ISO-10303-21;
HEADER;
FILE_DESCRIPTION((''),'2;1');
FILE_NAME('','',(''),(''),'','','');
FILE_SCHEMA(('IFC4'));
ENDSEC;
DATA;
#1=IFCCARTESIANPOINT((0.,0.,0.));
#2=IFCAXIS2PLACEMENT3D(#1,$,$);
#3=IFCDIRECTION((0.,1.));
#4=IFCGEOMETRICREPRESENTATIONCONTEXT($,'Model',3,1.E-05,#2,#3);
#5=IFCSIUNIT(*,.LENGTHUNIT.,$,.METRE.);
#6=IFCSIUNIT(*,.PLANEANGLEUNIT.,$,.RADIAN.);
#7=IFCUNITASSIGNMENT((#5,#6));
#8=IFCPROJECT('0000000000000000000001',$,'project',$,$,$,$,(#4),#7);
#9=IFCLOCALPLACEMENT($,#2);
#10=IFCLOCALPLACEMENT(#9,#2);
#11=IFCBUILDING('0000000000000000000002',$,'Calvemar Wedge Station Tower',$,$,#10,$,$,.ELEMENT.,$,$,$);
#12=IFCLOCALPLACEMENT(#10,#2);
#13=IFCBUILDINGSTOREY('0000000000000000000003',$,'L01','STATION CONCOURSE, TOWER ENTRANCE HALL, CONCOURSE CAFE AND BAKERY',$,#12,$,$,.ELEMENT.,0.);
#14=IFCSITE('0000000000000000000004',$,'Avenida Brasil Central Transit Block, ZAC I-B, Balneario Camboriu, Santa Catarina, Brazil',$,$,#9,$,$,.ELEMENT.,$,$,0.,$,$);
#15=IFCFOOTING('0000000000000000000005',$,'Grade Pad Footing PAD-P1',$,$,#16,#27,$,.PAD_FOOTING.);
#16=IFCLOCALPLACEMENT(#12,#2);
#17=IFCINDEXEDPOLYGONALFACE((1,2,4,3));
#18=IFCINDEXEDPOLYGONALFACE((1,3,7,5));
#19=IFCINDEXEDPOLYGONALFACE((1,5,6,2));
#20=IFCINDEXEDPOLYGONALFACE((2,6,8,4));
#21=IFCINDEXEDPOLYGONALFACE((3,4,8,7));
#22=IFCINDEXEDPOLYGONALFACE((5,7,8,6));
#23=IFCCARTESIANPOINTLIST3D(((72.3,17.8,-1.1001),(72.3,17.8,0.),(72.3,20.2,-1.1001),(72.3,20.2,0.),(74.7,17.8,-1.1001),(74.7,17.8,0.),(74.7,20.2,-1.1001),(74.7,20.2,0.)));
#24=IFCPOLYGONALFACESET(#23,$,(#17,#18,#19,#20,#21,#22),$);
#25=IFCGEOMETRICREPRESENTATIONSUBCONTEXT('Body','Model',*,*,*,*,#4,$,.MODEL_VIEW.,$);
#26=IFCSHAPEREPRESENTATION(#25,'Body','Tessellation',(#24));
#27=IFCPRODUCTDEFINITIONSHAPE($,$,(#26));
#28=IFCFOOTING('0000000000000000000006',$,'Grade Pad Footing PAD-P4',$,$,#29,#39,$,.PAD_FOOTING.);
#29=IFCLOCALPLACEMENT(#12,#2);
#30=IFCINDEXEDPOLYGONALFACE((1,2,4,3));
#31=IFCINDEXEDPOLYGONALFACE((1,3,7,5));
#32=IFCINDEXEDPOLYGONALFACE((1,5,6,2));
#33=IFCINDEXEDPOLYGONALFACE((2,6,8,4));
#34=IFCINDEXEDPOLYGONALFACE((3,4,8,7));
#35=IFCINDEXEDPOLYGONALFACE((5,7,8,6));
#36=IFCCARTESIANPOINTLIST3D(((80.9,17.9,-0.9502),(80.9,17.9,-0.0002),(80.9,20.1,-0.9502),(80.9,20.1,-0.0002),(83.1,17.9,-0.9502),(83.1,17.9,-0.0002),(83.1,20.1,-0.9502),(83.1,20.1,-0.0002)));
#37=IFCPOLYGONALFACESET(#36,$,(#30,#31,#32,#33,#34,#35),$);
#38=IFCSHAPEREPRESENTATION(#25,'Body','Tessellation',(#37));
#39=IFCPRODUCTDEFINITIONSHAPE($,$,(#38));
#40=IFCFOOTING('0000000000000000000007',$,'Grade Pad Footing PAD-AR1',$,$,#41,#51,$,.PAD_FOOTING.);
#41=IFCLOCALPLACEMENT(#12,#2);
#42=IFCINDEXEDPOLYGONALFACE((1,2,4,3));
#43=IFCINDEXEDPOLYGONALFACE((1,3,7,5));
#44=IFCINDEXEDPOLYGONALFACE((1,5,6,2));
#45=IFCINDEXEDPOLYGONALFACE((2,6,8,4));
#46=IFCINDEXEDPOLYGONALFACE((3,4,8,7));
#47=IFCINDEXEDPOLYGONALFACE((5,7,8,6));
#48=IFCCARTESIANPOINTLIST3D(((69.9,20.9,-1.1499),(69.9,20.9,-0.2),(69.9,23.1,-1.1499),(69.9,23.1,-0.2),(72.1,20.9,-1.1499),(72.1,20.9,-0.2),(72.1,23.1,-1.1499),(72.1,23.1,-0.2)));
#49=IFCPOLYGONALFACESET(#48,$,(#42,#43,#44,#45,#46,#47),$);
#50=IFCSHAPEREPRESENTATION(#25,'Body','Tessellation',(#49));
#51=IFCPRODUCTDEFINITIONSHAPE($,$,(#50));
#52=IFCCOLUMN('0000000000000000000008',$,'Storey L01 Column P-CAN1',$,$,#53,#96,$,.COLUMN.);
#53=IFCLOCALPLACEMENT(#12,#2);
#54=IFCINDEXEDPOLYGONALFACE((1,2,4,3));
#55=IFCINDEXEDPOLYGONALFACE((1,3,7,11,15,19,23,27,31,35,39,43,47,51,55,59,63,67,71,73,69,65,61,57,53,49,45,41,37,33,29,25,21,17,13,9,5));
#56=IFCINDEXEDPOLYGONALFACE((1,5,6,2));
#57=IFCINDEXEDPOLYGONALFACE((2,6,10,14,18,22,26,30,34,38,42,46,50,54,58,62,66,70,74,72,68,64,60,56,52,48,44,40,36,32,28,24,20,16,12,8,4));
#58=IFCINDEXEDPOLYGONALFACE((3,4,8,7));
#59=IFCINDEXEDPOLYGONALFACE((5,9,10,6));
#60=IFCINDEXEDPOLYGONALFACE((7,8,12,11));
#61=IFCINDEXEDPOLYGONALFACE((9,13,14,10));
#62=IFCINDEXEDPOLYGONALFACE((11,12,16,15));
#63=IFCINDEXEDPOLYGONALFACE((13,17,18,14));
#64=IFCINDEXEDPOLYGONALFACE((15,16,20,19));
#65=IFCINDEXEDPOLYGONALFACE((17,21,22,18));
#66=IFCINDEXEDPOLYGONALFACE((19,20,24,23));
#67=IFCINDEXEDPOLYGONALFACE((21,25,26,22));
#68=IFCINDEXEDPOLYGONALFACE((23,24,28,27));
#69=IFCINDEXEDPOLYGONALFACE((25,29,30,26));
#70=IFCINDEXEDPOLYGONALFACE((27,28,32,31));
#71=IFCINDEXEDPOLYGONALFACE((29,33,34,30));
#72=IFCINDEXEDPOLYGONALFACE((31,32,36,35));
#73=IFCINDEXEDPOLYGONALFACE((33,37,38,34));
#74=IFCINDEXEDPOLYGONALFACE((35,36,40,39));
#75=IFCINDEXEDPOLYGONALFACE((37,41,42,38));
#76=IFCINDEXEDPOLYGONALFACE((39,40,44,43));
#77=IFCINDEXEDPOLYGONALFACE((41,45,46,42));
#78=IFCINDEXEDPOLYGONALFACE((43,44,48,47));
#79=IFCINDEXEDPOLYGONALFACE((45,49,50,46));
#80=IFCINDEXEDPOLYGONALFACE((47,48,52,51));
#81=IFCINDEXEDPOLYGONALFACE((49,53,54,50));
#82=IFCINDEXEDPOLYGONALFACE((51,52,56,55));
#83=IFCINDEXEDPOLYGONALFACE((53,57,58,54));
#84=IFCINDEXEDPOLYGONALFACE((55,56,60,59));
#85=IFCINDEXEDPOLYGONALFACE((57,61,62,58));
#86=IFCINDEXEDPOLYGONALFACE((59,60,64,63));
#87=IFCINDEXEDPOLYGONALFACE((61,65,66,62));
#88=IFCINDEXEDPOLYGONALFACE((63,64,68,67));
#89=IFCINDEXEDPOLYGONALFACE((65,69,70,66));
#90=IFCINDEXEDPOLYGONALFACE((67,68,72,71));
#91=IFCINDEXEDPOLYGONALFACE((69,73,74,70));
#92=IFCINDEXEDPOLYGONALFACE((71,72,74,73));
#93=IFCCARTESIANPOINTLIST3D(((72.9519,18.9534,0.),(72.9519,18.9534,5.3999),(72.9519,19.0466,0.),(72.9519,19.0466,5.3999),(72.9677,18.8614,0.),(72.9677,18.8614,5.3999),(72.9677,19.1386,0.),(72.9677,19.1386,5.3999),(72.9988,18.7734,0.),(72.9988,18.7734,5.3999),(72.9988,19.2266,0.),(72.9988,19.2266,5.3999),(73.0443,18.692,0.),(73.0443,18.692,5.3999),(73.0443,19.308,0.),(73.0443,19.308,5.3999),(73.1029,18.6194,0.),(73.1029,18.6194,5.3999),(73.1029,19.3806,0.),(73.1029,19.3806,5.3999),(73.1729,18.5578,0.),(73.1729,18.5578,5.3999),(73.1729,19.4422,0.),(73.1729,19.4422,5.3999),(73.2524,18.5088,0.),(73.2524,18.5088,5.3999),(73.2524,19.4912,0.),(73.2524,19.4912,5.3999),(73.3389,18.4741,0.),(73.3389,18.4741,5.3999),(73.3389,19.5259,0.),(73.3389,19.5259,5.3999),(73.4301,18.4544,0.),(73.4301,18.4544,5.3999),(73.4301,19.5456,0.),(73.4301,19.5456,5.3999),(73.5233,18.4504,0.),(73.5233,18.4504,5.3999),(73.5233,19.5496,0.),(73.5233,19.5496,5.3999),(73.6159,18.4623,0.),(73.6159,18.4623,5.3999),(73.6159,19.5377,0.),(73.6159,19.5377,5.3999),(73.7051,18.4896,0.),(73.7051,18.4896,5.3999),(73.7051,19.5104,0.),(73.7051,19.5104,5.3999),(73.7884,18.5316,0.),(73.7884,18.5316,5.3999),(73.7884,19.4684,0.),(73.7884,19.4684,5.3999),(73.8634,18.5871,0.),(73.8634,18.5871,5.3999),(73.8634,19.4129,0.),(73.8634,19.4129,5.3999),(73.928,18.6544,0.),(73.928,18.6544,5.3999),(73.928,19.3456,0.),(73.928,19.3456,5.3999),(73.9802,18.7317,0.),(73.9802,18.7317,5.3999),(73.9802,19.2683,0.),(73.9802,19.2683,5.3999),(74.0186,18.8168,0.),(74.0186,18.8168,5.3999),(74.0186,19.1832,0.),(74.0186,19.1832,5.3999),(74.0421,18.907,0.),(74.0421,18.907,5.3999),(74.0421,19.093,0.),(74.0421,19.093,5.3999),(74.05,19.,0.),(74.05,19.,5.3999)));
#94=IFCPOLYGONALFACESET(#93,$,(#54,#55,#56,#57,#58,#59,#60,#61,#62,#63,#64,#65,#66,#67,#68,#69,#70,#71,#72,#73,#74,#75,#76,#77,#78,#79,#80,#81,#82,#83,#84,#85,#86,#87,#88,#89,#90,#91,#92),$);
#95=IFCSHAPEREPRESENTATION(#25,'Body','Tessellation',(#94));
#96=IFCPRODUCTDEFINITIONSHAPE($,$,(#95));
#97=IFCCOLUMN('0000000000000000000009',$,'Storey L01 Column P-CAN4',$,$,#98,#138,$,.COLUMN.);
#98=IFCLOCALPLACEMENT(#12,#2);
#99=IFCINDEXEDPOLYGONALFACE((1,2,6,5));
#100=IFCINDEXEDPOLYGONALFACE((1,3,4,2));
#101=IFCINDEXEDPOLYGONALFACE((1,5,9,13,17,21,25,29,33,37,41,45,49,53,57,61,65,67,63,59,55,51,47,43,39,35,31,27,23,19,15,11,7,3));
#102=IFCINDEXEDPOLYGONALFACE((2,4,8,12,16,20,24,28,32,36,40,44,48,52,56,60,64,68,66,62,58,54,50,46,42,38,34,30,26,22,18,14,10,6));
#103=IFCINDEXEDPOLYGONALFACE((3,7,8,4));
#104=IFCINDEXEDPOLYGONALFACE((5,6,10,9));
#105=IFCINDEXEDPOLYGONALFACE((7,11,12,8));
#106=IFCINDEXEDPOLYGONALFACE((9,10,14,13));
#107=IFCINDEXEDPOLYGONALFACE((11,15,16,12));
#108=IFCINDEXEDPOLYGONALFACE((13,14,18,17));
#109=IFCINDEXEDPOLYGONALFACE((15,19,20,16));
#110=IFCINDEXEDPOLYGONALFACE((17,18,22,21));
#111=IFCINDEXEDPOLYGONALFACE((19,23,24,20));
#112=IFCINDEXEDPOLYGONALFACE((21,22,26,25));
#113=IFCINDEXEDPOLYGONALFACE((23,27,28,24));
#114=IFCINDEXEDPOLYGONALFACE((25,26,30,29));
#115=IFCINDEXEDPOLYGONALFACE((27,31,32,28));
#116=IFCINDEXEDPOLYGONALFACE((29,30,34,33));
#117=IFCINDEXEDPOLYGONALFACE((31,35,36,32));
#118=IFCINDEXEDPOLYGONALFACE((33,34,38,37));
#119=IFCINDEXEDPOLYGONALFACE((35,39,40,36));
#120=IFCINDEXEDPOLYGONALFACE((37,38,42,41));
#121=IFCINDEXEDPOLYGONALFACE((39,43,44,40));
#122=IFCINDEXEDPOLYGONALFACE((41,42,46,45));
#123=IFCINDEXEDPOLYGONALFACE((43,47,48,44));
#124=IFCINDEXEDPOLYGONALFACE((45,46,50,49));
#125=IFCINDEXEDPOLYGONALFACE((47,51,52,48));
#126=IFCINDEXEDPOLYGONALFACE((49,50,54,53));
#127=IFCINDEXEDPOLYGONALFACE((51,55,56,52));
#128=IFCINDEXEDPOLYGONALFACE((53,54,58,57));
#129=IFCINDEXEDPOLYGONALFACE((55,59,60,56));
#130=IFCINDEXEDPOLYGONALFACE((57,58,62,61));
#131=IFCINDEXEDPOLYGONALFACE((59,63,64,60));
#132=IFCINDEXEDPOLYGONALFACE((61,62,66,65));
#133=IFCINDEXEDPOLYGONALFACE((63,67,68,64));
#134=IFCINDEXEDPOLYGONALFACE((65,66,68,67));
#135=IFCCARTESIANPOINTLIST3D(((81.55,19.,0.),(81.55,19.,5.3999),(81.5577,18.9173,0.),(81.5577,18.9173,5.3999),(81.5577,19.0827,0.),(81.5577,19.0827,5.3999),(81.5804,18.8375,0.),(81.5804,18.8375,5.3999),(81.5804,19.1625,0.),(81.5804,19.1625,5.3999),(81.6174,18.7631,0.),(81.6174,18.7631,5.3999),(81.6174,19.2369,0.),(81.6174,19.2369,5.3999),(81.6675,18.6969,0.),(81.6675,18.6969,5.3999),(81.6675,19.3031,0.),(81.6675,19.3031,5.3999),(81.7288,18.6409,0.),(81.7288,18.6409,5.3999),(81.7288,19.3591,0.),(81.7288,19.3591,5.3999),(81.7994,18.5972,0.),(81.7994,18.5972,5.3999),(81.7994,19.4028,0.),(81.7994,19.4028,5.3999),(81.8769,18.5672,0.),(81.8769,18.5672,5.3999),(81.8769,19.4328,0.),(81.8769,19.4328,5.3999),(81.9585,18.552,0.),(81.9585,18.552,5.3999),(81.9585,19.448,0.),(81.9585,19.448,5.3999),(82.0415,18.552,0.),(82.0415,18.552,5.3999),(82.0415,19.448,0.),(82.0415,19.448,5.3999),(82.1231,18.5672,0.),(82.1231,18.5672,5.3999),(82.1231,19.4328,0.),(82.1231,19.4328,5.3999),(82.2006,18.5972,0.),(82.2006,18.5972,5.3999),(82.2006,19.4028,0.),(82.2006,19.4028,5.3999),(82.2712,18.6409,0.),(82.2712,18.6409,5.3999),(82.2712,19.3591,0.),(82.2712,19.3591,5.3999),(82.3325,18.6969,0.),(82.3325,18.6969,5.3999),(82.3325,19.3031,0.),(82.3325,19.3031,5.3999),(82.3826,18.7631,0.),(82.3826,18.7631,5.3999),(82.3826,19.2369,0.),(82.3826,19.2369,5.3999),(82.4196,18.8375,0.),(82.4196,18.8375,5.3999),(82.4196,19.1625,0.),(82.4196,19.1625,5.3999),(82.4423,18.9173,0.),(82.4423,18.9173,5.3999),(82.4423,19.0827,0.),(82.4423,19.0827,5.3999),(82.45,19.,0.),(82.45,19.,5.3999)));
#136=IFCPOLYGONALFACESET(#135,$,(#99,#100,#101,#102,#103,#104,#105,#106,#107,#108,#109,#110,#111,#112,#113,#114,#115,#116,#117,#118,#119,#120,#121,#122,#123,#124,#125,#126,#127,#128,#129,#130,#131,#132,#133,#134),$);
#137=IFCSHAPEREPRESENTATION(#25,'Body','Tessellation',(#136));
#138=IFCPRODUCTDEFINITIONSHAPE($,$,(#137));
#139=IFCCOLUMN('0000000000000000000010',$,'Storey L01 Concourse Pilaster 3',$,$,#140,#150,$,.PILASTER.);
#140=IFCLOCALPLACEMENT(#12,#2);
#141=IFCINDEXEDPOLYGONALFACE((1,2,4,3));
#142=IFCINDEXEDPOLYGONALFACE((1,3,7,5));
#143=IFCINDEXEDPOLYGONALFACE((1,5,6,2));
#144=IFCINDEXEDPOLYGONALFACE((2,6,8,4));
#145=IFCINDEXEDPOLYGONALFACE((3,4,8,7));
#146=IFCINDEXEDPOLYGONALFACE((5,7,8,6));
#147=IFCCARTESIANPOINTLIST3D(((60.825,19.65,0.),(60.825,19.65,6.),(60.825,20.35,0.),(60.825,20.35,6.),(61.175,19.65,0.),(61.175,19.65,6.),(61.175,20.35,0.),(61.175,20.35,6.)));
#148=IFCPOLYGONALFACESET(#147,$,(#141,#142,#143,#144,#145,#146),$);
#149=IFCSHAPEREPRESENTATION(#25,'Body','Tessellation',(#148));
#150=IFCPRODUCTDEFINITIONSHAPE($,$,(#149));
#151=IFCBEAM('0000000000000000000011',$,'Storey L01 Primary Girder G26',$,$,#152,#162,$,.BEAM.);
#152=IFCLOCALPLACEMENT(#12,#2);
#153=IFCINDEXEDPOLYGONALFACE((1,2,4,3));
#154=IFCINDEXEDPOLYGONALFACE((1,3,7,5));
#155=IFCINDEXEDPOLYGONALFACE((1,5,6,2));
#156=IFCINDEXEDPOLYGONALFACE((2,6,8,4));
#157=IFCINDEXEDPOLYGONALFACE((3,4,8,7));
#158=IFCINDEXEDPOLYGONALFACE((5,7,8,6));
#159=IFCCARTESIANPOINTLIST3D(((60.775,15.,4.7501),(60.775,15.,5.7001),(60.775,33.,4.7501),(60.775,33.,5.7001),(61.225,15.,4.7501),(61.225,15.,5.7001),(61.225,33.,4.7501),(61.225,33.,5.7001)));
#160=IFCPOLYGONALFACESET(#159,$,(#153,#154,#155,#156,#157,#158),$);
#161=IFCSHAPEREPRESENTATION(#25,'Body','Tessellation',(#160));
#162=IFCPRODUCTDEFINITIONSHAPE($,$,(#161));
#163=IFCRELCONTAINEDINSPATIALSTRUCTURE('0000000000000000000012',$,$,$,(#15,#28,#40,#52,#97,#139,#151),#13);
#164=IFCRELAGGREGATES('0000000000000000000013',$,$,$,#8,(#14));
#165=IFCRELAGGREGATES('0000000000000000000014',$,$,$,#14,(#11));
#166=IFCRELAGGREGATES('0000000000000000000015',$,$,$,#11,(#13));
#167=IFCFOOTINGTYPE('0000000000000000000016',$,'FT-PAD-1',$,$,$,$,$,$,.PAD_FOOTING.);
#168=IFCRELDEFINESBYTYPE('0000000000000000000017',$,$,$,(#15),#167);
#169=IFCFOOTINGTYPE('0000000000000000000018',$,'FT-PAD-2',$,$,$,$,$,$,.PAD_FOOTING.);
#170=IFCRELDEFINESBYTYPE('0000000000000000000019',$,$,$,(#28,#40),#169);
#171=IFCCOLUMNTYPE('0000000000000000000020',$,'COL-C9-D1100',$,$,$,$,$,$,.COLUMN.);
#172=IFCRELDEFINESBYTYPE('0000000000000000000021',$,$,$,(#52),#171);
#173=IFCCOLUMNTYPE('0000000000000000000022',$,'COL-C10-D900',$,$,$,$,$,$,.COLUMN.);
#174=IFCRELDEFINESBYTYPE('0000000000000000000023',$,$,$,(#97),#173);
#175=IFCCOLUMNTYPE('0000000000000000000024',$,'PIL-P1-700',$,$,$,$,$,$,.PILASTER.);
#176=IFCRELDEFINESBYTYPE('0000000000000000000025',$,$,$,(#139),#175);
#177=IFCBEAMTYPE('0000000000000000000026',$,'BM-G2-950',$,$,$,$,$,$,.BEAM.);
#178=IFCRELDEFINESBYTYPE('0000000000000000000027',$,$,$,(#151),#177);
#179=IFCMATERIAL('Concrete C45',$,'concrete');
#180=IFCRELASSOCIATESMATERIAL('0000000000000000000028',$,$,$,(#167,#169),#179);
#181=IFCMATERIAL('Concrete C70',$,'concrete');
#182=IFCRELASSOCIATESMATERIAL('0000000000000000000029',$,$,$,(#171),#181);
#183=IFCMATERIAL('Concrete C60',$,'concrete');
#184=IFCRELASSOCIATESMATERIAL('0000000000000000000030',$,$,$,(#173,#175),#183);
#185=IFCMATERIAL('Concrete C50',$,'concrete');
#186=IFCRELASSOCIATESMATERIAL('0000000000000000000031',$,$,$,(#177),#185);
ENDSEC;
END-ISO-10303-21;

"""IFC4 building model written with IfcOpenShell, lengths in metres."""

from ifc_helpers import new_model, si_unit, direction, frame, origin, origin_2d, place, context, subcontext, project, spatial, rectangle, circle, extrude, source, transform, mapped, material, material_profile, profile_set, type_object, element, save


model = new_model("IFC4")

# Units and contexts
model_context = context("Model", 3, precision=1e-05, world=origin(), true_north=direction((0.0, 1.0)))
body_context = subcontext(model_context, "Body", "Model", "MODEL_VIEW")
ifc_project = project(units=[si_unit("LENGTHUNIT", "METRE"), si_unit("PLANEANGLEUNIT", "RADIAN")], contexts=[model_context])

# Site, building, storey
site_placement = place(None, origin())
site = spatial("IfcSite", under=ifc_project, at=site_placement, Name="Avenida Brasil Central Transit Block, ZAC I-B, Balneario Camboriu, Santa Catarina, Brazil", CompositionType="ELEMENT", RefElevation=0.0)
building_placement = place(site_placement, origin())
building = spatial("IfcBuilding", under=site, at=building_placement, Name="Calvemar Wedge Station Tower", CompositionType="ELEMENT")
storey_placement = place(building_placement, origin())
storey = spatial("IfcBuildingStorey", under=building, at=storey_placement, Name="L01", Description="STATION CONCOURSE, TOWER ENTRANCE HALL, CONCOURSE CAFE AND BAKERY", CompositionType="ELEMENT", Elevation=0.0)

# Footings
ifc_material_1 = material(Name="Concrete C45", Category="concrete")
footing_type_1 = type_object("IfcFootingType", Name="FT-PAD-1", PredefinedType="PAD_FOOTING", material=ifc_material_1)
shared_shape_1 = source(origin(), body_context, "Body", "SweptSolid", [
    extrude(rectangle(XDim=2.3999, YDim=2.3999, at=origin_2d()), origin(), (0.0, 0.0, 1.0), 1.1001),
])
footing_placement = place(storey_placement, frame((73.5, 19.0, -1.1001), z_axis=(0.0, 0.0, 1.0), x_axis=(1.0, 0.0, 0.0)))
element("IfcFooting", 1, at=footing_placement, inside=storey, type_object=footing_type_1, Name="Grade Pad Footing PAD-P1", PredefinedType="PAD_FOOTING", context=body_context, shape_type="MappedRepresentation", body=[
    mapped(shared_shape_1, transform((0.0, 0.0, 0.0), scale=1.0)),
])
footing_type_2 = type_object("IfcFootingType", Name="FT-PAD-2", PredefinedType="PAD_FOOTING", material=ifc_material_1)
shared_shape_2 = source(origin(), body_context, "Body", "SweptSolid", [
    extrude(rectangle(XDim=2.2, YDim=2.2, at=origin_2d()), origin(), (0.0, 0.0, 1.0), 0.95),
])
for number, where, z_axis, x_axis, name in (
    (2, (82.0, 19.0, -0.9502), (0.0, 0.0, 1.0), (1.0, 0.0, 0.0), "Grade Pad Footing PAD-P4"),
    (3, (71.0, 22.0, -1.1499), (0.0, 0.0, 1.0), (1.0, 0.0, 0.0), "Grade Pad Footing PAD-AR1"),
):
    element("IfcFooting", number, at=place(storey_placement, frame(where, z_axis=z_axis, x_axis=x_axis)), inside=storey, type_object=footing_type_2, Name=name, PredefinedType="PAD_FOOTING", context=body_context, shape_type="MappedRepresentation", body=[
        mapped(shared_shape_2, transform((0.0, 0.0, 0.0), scale=1.0)),
    ])

# Columns
ifc_material_2 = material(Name="Concrete C70", Category="concrete")
ifc_material_profile_1 = material_profile(ifc_material_2, circle(Radius=0.55, at=origin_2d()), Name="RC-D1100")
ifc_profile_set_1 = profile_set([ifc_material_profile_1], Name="Concrete C70")
column_type_1 = type_object("IfcColumnType", Name="COL-C9-D1100", PredefinedType="COLUMN", material=ifc_profile_set_1)
shared_shape_3 = source(origin(), body_context, "Body", "SweptSolid", [
    extrude(circle(Radius=0.55, at=origin_2d()), origin(), (0.0, 0.0, 1.0), 5.3999),
])
column_1_placement = place(storey_placement, frame((73.5, 19.0, 0.0), z_axis=(0.0, 0.0, 1.0), x_axis=(1.0, 0.0, 0.0)))
element("IfcColumn", 4, at=column_1_placement, inside=storey, type_object=column_type_1, Name="Storey L01 Column P-CAN1", PredefinedType="COLUMN", context=body_context, shape_type="MappedRepresentation", body=[
    mapped(shared_shape_3, transform((0.0, 0.0, 0.0), scale=1.0)),
])
ifc_material_3 = material(Name="Concrete C60", Category="concrete")
ifc_material_profile_2 = material_profile(ifc_material_3, circle(Radius=0.45, at=origin_2d()), Name="RC-D900")
ifc_profile_set_2 = profile_set([ifc_material_profile_2], Name="Concrete C60")
column_type_2 = type_object("IfcColumnType", Name="COL-C10-D900", PredefinedType="COLUMN", material=ifc_profile_set_2)
shared_shape_4 = source(origin(), body_context, "Body", "SweptSolid", [
    extrude(circle(Radius=0.45, at=origin_2d()), origin(), (0.0, 0.0, 1.0), 5.3999),
])
column_2_placement = place(storey_placement, frame((82.0, 19.0, 0.0), z_axis=(0.0, 0.0, 1.0), x_axis=(1.0, 0.0, 0.0)))
element("IfcColumn", 5, at=column_2_placement, inside=storey, type_object=column_type_2, Name="Storey L01 Column P-CAN4", PredefinedType="COLUMN", context=body_context, shape_type="MappedRepresentation", body=[
    mapped(shared_shape_4, transform((0.0, 0.0, 0.0), scale=1.0)),
])
ifc_material_profile_3 = material_profile(ifc_material_3, rectangle(XDim=0.3501, YDim=0.7, at=origin_2d()), Name="RC350x700")
ifc_profile_set_3 = profile_set([ifc_material_profile_3], Name="Concrete C60")
column_type_3 = type_object("IfcColumnType", Name="PIL-P1-700", PredefinedType="PILASTER", material=ifc_profile_set_3)
shared_shape_5 = source(origin(), body_context, "Body", "SweptSolid", [
    extrude(rectangle(XDim=0.3501, YDim=0.7, at=origin_2d()), origin(), (0.0, 0.0, 1.0), 6.0),
])
column_3_placement = place(storey_placement, frame((61.0, 20.0, 0.0), z_axis=(0.0, 0.0, 1.0), x_axis=(1.0, 0.0, 0.0)))
element("IfcColumn", 6, at=column_3_placement, inside=storey, type_object=column_type_3, Name="Storey L01 Concourse Pilaster 3", PredefinedType="PILASTER", context=body_context, shape_type="MappedRepresentation", body=[
    mapped(shared_shape_5, transform((0.0, 0.0, 0.0), scale=1.0)),
])

# Beam
ifc_material_4 = material(Name="Concrete C50", Category="concrete")
ifc_material_profile_4 = material_profile(ifc_material_4, rectangle(XDim=0.45, YDim=0.95, at=origin_2d()), Name="RC450x950")
ifc_profile_set_4 = profile_set([ifc_material_profile_4], Name="Concrete C50")
beam_type_1 = type_object("IfcBeamType", Name="BM-G2-950", PredefinedType="BEAM", material=ifc_profile_set_4)
shared_shape_6 = source(origin(), body_context, "Body", "SweptSolid", [
    extrude(rectangle(XDim=0.45, YDim=0.95, at=origin_2d()), origin(), (0.0, 0.0, 1.0), 18.0),
])
beam_1_placement = place(storey_placement, frame((61.0, 15.0, 5.2251), z_axis=(0.0, 1.0, 0.0), x_axis=(-1.0, 0.0, 0.0)))
element("IfcBeam", 7, at=beam_1_placement, inside=storey, type_object=beam_type_1, Name="Storey L01 Primary Girder G26", PredefinedType="BEAM", context=body_context, shape_type="MappedRepresentation", body=[
    mapped(shared_shape_6, transform((0.0, 0.0, 0.0), scale=1.0)),
])

save(model, "model.ifc")
